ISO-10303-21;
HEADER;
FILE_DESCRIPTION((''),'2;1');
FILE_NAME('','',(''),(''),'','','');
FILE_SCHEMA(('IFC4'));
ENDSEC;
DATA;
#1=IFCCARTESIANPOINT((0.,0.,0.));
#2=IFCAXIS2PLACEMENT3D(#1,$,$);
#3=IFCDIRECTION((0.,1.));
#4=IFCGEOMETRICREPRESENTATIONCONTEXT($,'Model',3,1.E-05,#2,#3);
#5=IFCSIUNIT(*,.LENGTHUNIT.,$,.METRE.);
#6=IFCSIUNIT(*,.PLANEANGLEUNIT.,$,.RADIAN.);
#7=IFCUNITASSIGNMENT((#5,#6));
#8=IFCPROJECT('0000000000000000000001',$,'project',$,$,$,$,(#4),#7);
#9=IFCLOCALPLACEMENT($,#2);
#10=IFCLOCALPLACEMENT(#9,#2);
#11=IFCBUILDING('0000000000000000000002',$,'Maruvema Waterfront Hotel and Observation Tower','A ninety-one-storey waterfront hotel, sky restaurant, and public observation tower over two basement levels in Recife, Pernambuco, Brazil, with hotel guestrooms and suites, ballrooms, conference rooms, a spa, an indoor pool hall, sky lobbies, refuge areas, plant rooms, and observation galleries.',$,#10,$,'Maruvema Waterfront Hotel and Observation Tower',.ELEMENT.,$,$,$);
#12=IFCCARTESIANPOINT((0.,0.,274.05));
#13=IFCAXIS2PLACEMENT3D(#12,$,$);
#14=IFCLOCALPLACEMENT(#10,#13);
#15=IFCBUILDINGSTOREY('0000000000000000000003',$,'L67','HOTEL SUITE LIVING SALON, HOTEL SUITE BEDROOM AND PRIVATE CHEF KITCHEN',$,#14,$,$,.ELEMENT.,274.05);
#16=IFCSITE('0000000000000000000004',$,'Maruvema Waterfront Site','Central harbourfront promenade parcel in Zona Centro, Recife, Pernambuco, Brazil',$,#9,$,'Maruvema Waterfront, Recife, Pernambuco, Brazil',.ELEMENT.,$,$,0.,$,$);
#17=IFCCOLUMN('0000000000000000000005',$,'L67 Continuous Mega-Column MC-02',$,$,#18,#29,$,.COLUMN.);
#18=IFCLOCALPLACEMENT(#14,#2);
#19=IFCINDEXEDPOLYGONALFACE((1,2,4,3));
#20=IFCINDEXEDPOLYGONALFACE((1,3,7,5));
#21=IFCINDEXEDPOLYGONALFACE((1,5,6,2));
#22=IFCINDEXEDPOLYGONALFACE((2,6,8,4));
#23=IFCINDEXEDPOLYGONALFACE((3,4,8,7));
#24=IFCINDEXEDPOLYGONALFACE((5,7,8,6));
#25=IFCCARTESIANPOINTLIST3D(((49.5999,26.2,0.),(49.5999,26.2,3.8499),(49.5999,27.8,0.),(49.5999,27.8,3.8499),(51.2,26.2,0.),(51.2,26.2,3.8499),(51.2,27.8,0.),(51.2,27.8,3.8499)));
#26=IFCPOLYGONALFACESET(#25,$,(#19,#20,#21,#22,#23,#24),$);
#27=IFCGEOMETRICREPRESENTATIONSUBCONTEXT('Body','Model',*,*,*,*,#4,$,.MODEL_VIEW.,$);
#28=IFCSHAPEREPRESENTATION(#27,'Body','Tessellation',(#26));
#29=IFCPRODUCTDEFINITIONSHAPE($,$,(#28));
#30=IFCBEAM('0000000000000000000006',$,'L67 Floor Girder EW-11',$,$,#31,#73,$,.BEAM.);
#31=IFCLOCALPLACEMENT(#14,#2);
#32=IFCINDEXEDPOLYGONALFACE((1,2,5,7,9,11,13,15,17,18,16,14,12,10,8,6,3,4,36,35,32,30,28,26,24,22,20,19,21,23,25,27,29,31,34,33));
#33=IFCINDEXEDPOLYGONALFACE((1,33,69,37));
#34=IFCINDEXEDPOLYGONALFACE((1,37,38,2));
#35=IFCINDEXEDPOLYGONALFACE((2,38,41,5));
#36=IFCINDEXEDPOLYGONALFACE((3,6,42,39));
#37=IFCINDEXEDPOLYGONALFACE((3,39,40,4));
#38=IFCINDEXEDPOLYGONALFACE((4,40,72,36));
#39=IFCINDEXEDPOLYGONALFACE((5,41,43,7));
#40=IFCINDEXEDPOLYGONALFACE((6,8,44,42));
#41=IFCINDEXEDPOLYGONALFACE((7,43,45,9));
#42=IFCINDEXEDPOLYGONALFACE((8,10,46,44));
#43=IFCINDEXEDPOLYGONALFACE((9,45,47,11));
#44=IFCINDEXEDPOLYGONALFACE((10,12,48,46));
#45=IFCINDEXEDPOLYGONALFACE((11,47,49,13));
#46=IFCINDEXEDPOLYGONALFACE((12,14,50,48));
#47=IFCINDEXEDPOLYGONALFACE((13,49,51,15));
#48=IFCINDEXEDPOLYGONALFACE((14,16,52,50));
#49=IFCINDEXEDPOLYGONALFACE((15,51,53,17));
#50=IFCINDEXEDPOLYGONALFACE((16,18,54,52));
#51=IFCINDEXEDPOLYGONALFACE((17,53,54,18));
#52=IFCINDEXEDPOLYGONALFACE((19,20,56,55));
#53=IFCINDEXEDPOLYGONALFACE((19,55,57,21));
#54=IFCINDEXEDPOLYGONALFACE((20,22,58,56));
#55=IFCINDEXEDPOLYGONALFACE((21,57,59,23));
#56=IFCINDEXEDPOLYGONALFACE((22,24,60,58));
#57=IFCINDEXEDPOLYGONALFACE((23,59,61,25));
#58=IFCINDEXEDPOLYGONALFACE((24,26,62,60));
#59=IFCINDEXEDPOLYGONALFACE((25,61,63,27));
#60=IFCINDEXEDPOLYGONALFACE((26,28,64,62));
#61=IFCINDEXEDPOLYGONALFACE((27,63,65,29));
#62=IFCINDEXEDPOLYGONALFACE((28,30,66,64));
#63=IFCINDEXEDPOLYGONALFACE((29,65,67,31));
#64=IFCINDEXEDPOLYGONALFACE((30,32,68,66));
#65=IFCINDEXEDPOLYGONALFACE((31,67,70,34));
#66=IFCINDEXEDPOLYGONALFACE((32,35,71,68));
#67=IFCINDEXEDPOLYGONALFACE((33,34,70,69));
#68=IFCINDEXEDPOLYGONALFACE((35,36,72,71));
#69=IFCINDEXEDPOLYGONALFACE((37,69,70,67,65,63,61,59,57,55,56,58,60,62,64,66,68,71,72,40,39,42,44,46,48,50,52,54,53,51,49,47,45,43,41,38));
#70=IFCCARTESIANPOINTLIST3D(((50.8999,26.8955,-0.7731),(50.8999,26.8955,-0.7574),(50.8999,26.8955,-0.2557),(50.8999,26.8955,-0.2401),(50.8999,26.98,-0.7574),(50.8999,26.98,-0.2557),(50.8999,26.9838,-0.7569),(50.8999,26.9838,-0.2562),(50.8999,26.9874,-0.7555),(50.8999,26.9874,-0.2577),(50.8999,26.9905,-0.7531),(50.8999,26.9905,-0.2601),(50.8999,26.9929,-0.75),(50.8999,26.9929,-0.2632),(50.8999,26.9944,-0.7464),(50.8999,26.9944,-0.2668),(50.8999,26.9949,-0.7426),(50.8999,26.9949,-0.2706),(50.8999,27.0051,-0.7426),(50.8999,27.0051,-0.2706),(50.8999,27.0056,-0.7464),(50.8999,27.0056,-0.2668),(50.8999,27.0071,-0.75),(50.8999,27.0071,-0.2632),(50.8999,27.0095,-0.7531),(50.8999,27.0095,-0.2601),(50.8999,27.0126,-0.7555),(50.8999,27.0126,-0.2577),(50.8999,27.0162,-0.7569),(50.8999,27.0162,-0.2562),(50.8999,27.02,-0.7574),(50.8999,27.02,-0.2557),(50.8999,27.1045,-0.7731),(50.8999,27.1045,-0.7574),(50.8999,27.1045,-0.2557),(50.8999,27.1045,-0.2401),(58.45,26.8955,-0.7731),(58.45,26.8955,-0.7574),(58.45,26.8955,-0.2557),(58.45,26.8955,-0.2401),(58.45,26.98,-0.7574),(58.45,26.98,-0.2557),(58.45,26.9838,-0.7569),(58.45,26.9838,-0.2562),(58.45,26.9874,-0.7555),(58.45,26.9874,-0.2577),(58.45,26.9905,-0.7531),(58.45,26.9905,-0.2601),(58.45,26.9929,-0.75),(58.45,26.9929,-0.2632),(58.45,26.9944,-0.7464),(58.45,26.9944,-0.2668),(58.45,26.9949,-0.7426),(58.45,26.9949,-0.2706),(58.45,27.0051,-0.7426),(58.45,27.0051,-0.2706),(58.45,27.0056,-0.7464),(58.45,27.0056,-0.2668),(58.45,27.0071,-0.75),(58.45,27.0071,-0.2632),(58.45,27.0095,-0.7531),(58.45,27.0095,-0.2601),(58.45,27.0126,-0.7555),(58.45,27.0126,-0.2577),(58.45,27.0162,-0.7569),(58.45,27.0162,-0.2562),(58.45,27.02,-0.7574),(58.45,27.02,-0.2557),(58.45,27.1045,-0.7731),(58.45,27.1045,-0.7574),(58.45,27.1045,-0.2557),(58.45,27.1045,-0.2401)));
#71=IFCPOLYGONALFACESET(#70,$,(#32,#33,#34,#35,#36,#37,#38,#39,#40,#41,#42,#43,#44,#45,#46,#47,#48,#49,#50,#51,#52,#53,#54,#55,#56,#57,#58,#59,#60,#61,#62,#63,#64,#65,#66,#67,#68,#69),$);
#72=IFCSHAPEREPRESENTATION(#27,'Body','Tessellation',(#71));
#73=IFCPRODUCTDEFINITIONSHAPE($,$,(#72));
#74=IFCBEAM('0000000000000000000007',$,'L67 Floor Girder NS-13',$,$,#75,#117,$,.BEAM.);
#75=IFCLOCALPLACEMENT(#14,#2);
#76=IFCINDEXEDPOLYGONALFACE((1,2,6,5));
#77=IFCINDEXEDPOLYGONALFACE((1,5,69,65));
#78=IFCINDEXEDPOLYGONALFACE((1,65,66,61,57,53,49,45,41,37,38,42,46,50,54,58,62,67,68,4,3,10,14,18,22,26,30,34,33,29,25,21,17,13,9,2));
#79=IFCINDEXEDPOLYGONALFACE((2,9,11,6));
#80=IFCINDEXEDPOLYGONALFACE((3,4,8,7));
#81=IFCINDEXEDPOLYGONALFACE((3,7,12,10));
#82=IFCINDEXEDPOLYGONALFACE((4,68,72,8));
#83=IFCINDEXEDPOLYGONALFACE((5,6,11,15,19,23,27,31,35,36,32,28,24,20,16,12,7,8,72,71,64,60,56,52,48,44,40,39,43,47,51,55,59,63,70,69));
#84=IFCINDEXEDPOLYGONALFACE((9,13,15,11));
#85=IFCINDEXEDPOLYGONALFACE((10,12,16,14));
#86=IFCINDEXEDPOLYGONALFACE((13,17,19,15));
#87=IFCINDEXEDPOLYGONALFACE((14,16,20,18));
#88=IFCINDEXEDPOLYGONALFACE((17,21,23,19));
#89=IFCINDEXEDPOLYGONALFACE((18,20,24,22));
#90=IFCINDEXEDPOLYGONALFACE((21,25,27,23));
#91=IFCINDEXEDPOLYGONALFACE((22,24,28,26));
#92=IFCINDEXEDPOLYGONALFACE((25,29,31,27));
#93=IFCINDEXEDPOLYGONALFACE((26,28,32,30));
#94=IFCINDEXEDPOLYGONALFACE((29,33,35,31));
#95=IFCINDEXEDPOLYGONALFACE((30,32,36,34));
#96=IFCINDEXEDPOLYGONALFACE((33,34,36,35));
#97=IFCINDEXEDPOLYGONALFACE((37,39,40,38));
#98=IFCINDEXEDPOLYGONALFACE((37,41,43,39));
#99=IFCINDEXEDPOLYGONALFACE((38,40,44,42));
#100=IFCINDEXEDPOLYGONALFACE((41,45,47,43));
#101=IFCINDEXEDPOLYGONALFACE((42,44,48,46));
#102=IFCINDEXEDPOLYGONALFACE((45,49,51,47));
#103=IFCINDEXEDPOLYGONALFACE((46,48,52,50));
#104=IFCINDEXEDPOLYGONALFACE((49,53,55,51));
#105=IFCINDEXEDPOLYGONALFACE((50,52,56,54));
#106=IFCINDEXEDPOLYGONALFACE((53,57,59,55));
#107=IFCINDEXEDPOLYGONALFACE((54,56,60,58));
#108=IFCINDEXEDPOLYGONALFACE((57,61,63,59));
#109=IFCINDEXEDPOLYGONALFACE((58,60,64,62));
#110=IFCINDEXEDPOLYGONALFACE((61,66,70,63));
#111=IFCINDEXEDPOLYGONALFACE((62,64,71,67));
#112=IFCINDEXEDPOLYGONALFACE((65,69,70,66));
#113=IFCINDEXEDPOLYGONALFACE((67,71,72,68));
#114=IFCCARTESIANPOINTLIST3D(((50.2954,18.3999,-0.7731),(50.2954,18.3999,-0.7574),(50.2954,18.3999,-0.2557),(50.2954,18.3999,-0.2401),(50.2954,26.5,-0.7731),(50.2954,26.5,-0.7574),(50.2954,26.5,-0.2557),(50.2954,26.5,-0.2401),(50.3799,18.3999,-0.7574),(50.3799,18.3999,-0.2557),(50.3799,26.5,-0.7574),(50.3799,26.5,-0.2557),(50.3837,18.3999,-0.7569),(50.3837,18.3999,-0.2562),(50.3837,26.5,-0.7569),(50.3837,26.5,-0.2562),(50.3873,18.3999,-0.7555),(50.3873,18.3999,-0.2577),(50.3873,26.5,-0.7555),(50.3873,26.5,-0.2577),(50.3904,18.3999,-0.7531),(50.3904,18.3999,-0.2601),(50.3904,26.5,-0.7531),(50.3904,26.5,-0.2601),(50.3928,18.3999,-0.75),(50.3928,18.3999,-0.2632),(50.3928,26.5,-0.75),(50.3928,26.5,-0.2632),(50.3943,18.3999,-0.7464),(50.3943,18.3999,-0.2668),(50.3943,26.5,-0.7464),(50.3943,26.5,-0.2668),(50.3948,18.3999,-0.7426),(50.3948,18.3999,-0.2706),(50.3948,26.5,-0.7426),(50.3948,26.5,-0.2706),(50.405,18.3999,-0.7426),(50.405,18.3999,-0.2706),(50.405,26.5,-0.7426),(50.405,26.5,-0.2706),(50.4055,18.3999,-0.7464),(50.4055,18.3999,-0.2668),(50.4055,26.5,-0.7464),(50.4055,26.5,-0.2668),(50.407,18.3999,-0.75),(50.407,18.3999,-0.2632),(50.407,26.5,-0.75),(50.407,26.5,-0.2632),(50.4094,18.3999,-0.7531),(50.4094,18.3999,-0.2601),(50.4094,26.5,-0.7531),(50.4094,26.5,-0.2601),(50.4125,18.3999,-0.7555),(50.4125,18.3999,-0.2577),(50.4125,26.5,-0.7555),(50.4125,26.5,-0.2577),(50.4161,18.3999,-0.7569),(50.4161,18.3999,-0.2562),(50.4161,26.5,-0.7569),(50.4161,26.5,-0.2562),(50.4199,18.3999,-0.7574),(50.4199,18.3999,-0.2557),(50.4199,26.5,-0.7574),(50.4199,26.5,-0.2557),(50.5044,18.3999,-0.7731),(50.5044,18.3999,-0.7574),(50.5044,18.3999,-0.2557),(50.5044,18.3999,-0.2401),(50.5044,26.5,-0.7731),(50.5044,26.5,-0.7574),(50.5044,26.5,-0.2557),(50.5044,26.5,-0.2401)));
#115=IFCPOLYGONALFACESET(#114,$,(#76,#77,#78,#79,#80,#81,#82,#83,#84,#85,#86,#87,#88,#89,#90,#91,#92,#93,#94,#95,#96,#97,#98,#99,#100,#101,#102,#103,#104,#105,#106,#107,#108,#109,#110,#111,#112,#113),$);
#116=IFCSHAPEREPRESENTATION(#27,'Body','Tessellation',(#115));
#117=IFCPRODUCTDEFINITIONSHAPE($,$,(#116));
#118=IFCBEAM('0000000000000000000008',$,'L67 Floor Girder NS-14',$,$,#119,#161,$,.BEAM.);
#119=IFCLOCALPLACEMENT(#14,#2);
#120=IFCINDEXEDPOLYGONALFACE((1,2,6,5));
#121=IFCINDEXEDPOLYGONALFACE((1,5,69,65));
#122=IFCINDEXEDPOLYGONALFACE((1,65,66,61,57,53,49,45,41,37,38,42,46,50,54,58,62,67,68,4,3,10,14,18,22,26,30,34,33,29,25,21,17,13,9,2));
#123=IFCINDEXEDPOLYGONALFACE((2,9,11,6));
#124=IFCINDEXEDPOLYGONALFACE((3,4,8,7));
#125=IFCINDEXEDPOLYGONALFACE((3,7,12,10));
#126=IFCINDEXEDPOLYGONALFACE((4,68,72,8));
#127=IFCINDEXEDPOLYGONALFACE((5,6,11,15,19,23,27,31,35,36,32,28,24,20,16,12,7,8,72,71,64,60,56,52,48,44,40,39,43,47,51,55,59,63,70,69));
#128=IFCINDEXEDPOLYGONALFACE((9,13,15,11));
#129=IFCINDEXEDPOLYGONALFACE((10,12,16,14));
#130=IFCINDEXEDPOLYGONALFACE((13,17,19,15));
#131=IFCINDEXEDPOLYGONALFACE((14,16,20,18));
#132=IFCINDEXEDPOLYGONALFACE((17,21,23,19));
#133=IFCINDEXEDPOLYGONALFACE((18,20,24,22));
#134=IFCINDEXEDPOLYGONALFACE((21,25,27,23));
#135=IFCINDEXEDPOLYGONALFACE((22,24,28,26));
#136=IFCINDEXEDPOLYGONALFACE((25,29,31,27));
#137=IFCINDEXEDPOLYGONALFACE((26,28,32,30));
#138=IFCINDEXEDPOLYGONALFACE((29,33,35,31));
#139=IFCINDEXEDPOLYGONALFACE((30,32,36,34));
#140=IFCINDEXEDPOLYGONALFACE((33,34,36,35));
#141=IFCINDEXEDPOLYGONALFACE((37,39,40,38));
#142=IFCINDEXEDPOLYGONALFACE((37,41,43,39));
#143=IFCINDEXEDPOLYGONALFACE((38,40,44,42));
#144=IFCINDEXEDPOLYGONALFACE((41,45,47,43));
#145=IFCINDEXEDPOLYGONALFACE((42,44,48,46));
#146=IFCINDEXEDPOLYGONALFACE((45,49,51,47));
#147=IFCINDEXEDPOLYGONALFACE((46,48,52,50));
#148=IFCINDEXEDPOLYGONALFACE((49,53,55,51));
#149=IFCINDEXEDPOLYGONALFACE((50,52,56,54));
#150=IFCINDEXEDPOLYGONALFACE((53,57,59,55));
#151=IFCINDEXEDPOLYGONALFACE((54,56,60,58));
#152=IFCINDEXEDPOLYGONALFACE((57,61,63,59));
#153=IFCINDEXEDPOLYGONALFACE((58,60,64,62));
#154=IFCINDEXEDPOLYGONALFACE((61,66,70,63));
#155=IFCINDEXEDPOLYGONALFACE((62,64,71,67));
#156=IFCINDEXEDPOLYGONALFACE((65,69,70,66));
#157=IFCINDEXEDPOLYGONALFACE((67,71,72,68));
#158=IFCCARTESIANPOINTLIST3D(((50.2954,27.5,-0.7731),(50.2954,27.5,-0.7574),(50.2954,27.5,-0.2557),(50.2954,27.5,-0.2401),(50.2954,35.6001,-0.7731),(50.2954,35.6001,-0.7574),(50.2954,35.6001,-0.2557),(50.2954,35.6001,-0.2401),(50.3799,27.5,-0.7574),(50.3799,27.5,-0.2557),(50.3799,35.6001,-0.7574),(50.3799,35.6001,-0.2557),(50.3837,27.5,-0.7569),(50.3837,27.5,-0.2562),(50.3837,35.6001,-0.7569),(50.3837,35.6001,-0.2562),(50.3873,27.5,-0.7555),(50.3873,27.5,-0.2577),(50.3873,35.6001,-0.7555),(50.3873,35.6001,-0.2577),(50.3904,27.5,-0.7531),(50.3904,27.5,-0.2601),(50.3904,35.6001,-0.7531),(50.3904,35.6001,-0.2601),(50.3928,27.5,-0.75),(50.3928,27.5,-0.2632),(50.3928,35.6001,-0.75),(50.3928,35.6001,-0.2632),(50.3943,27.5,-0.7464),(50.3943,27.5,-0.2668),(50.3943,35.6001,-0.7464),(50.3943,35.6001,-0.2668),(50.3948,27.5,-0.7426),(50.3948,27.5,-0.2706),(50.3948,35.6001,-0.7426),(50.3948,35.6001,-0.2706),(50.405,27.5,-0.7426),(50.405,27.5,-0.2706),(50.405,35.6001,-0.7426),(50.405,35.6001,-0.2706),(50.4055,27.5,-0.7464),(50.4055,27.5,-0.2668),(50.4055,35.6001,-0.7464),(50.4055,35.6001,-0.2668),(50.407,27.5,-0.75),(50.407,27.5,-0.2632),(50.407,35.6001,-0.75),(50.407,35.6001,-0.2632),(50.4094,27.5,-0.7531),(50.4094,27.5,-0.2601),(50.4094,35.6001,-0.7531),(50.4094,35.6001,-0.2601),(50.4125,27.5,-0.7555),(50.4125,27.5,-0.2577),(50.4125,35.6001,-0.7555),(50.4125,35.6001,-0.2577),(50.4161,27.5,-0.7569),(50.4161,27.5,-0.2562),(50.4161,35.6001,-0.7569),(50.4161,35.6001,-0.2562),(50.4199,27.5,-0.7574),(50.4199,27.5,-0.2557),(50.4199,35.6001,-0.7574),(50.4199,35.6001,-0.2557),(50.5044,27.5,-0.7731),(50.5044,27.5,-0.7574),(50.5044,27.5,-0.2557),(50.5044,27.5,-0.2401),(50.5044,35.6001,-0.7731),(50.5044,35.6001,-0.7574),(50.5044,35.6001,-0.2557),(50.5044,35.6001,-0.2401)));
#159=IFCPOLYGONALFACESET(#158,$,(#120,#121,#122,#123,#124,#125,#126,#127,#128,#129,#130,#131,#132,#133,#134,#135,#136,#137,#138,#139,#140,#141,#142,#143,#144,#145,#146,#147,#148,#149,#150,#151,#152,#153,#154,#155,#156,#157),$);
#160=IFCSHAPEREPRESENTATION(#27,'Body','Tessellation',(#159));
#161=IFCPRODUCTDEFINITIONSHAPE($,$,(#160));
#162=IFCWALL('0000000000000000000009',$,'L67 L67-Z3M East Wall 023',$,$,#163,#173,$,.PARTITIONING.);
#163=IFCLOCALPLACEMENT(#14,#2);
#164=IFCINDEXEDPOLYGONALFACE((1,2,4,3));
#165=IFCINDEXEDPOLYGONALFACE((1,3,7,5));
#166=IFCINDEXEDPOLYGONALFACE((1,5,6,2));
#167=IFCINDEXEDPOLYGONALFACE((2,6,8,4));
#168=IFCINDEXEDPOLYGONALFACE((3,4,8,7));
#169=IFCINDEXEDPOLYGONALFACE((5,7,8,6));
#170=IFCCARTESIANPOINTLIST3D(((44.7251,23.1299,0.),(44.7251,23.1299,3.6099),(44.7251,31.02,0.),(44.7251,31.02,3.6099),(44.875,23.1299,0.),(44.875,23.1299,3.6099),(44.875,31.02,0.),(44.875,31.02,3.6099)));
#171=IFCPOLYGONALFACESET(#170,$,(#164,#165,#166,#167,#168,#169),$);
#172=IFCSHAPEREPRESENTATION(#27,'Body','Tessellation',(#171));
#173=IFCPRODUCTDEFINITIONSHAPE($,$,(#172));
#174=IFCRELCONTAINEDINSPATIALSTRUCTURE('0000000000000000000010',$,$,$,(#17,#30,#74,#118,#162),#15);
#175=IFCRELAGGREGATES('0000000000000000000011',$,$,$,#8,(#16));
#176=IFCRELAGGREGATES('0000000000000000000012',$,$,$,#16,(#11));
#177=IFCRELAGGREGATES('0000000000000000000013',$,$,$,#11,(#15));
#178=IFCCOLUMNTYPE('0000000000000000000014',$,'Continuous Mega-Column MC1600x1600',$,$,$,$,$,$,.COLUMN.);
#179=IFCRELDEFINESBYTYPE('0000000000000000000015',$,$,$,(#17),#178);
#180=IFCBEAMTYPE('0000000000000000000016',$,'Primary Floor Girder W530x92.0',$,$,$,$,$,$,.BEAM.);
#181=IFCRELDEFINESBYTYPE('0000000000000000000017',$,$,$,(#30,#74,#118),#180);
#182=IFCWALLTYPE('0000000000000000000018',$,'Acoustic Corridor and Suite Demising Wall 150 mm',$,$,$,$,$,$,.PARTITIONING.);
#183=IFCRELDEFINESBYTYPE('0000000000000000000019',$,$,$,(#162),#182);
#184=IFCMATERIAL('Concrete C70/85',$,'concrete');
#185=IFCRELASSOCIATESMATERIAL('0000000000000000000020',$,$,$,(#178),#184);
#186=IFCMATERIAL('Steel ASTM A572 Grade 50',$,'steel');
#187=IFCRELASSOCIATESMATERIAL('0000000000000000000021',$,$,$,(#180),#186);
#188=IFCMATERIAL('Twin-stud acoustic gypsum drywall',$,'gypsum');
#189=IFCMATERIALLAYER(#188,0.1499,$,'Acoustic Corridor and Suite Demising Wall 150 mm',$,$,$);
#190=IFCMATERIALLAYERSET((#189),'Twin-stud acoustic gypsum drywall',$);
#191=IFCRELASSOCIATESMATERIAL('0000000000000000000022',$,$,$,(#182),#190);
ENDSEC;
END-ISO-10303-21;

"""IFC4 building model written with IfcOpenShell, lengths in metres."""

from ifc_helpers import new_model, si_unit, direction, frame, frame_2d, origin, origin_2d, place, context, subcontext, project, spatial, rectangle, i_section, extrude, material, layer, layer_set, material_profile, profile_set, type_object, element, save


model = new_model("IFC4")

# Units and contexts
model_context = context("Model", 3, precision=1e-05, world=origin(), true_north=direction((0.0, 1.0)))
body_context = subcontext(model_context, "Body", "Model", "MODEL_VIEW")
ifc_project = project(units=[si_unit("LENGTHUNIT", "METRE"), si_unit("PLANEANGLEUNIT", "RADIAN")], contexts=[model_context])

# Site, building, storey
site_placement = place(None, origin())
site = spatial("IfcSite", under=ifc_project, at=site_placement, Name="Maruvema Waterfront Site", Description="Central harbourfront promenade parcel in Zona Centro, Recife, Pernambuco, Brazil", LongName="Maruvema Waterfront, Recife, Pernambuco, Brazil", CompositionType="ELEMENT", RefElevation=0.0)
building_placement = place(site_placement, origin())
building = spatial("IfcBuilding", under=site, at=building_placement, Name="Maruvema Waterfront Hotel and Observation Tower", Description="A ninety-one-storey waterfront hotel, sky restaurant, and public observation tower over two basement levels in Recife, Pernambuco, Brazil, with hotel guestrooms and suites, ballrooms, conference rooms, a spa, an indoor pool hall, sky lobbies, refuge areas, plant rooms, and observation galleries.", LongName="Maruvema Waterfront Hotel and Observation Tower", CompositionType="ELEMENT")
storey_placement = place(building_placement, frame((0.0, 0.0, 274.05)))
storey = spatial("IfcBuildingStorey", under=building, at=storey_placement, Name="L67", Description="HOTEL SUITE LIVING SALON, HOTEL SUITE BEDROOM AND PRIVATE CHEF KITCHEN", CompositionType="ELEMENT", Elevation=274.05)

# Column
ifc_material_1 = material(Name="Concrete C70/85", Category="concrete")
ifc_material_profile_1 = material_profile(ifc_material_1, rectangle(XDim=1.6001, YDim=1.6001, at=origin_2d()), Name="MC1600x1600")
ifc_profile_set_1 = profile_set([ifc_material_profile_1], Name="Concrete C70/85")
column_type = type_object("IfcColumnType", Name="Continuous Mega-Column MC1600x1600", PredefinedType="COLUMN", material=ifc_profile_set_1)
column_placement = place(storey_placement, frame((50.3999, 27.0, 0.0), z_axis=(0.0, 0.0, 1.0), x_axis=(1.0, 0.0, 0.0)))
element("IfcColumn", 1, at=column_placement, inside=storey, type_object=column_type, Name="L67 Continuous Mega-Column MC-02", PredefinedType="COLUMN", context=body_context, shape_type="SweptSolid", body=[
    extrude(rectangle(XDim=1.6001, YDim=1.6001, at=origin_2d()), origin(), (0.0, 0.0, 1.0), 3.8499),
])

# Beams
ifc_material_2 = material(Name="Steel ASTM A572 Grade 50", Category="steel")
ifc_material_profile_2 = material_profile(ifc_material_2, i_section(OverallWidth=0.209, OverallDepth=0.533, WebThickness=0.0103, FlangeThickness=0.0156, FilletRadius=0.0149, at=origin_2d()), Name="W530x92.0")
ifc_profile_set_2 = profile_set([ifc_material_profile_2], Name="Steel ASTM A572 Grade 50")
beam_type = type_object("IfcBeamType", Name="Primary Floor Girder W530x92.0", PredefinedType="BEAM", material=ifc_profile_set_2)
beam_placement = place(storey_placement, frame((50.8999, 27.0, -0.5066), z_axis=(1.0, 0.0, 0.0), x_axis=(0.0, 1.0, 0.0)))
element("IfcBeam", 2, at=beam_placement, inside=storey, type_object=beam_type, Name="L67 Floor Girder EW-11", PredefinedType="BEAM", context=body_context, shape_type="SweptSolid", body=[
    extrude(i_section(OverallWidth=0.209, OverallDepth=0.533, WebThickness=0.0103, FlangeThickness=0.0156, FilletRadius=0.0149, at=origin_2d()), origin(), (0.0, 0.0, 1.0), 7.55),
])
for number, where, z_axis, x_axis, name in (
    (3, (50.3999, 18.3999, -0.5066), (0.0, 1.0, 0.0), (-1.0, 0.0, 0.0), "L67 Floor Girder NS-13"),
    (4, (50.3999, 27.5, -0.5066), (0.0, 1.0, 0.0), (-1.0, 0.0, 0.0), "L67 Floor Girder NS-14"),
):
    element("IfcBeam", number, at=place(storey_placement, frame(where, z_axis=z_axis, x_axis=x_axis)), inside=storey, type_object=beam_type, Name=name, PredefinedType="BEAM", context=body_context, shape_type="SweptSolid", body=[
        extrude(i_section(OverallWidth=0.209, OverallDepth=0.533, WebThickness=0.0103, FlangeThickness=0.0156, FilletRadius=0.0149, at=origin_2d()), origin(), (0.0, 0.0, 1.0), 8.1001),
    ])

# Wall
ifc_material_3 = material(Name="Twin-stud acoustic gypsum drywall", Category="gypsum")
ifc_layer_1 = layer(ifc_material_3, 0.1499, Name="Acoustic Corridor and Suite Demising Wall 150 mm")
ifc_layer_set_1 = layer_set([ifc_layer_1], Name="Twin-stud acoustic gypsum drywall")
wall_type_1 = type_object("IfcWallType", Name="Acoustic Corridor and Suite Demising Wall 150 mm", PredefinedType="PARTITIONING", material=ifc_layer_set_1)
wall_1_placement = place(storey_placement, frame((44.8, 23.1299, 0.0), z_axis=(0.0, 0.0, 1.0), x_axis=(0.0, 1.0, 0.0)))
element("IfcWall", 5, at=wall_1_placement, inside=storey, type_object=wall_type_1, Name="L67 L67-Z3M East Wall 023", PredefinedType="PARTITIONING", context=body_context, shape_type="SweptSolid", body=[
    extrude(rectangle(XDim=7.8901, YDim=0.1499, at=frame_2d((3.9451, 0.0))), origin(), (0.0, 0.0, 1.0), 3.6099),
])

save(model, "model.ifc")
